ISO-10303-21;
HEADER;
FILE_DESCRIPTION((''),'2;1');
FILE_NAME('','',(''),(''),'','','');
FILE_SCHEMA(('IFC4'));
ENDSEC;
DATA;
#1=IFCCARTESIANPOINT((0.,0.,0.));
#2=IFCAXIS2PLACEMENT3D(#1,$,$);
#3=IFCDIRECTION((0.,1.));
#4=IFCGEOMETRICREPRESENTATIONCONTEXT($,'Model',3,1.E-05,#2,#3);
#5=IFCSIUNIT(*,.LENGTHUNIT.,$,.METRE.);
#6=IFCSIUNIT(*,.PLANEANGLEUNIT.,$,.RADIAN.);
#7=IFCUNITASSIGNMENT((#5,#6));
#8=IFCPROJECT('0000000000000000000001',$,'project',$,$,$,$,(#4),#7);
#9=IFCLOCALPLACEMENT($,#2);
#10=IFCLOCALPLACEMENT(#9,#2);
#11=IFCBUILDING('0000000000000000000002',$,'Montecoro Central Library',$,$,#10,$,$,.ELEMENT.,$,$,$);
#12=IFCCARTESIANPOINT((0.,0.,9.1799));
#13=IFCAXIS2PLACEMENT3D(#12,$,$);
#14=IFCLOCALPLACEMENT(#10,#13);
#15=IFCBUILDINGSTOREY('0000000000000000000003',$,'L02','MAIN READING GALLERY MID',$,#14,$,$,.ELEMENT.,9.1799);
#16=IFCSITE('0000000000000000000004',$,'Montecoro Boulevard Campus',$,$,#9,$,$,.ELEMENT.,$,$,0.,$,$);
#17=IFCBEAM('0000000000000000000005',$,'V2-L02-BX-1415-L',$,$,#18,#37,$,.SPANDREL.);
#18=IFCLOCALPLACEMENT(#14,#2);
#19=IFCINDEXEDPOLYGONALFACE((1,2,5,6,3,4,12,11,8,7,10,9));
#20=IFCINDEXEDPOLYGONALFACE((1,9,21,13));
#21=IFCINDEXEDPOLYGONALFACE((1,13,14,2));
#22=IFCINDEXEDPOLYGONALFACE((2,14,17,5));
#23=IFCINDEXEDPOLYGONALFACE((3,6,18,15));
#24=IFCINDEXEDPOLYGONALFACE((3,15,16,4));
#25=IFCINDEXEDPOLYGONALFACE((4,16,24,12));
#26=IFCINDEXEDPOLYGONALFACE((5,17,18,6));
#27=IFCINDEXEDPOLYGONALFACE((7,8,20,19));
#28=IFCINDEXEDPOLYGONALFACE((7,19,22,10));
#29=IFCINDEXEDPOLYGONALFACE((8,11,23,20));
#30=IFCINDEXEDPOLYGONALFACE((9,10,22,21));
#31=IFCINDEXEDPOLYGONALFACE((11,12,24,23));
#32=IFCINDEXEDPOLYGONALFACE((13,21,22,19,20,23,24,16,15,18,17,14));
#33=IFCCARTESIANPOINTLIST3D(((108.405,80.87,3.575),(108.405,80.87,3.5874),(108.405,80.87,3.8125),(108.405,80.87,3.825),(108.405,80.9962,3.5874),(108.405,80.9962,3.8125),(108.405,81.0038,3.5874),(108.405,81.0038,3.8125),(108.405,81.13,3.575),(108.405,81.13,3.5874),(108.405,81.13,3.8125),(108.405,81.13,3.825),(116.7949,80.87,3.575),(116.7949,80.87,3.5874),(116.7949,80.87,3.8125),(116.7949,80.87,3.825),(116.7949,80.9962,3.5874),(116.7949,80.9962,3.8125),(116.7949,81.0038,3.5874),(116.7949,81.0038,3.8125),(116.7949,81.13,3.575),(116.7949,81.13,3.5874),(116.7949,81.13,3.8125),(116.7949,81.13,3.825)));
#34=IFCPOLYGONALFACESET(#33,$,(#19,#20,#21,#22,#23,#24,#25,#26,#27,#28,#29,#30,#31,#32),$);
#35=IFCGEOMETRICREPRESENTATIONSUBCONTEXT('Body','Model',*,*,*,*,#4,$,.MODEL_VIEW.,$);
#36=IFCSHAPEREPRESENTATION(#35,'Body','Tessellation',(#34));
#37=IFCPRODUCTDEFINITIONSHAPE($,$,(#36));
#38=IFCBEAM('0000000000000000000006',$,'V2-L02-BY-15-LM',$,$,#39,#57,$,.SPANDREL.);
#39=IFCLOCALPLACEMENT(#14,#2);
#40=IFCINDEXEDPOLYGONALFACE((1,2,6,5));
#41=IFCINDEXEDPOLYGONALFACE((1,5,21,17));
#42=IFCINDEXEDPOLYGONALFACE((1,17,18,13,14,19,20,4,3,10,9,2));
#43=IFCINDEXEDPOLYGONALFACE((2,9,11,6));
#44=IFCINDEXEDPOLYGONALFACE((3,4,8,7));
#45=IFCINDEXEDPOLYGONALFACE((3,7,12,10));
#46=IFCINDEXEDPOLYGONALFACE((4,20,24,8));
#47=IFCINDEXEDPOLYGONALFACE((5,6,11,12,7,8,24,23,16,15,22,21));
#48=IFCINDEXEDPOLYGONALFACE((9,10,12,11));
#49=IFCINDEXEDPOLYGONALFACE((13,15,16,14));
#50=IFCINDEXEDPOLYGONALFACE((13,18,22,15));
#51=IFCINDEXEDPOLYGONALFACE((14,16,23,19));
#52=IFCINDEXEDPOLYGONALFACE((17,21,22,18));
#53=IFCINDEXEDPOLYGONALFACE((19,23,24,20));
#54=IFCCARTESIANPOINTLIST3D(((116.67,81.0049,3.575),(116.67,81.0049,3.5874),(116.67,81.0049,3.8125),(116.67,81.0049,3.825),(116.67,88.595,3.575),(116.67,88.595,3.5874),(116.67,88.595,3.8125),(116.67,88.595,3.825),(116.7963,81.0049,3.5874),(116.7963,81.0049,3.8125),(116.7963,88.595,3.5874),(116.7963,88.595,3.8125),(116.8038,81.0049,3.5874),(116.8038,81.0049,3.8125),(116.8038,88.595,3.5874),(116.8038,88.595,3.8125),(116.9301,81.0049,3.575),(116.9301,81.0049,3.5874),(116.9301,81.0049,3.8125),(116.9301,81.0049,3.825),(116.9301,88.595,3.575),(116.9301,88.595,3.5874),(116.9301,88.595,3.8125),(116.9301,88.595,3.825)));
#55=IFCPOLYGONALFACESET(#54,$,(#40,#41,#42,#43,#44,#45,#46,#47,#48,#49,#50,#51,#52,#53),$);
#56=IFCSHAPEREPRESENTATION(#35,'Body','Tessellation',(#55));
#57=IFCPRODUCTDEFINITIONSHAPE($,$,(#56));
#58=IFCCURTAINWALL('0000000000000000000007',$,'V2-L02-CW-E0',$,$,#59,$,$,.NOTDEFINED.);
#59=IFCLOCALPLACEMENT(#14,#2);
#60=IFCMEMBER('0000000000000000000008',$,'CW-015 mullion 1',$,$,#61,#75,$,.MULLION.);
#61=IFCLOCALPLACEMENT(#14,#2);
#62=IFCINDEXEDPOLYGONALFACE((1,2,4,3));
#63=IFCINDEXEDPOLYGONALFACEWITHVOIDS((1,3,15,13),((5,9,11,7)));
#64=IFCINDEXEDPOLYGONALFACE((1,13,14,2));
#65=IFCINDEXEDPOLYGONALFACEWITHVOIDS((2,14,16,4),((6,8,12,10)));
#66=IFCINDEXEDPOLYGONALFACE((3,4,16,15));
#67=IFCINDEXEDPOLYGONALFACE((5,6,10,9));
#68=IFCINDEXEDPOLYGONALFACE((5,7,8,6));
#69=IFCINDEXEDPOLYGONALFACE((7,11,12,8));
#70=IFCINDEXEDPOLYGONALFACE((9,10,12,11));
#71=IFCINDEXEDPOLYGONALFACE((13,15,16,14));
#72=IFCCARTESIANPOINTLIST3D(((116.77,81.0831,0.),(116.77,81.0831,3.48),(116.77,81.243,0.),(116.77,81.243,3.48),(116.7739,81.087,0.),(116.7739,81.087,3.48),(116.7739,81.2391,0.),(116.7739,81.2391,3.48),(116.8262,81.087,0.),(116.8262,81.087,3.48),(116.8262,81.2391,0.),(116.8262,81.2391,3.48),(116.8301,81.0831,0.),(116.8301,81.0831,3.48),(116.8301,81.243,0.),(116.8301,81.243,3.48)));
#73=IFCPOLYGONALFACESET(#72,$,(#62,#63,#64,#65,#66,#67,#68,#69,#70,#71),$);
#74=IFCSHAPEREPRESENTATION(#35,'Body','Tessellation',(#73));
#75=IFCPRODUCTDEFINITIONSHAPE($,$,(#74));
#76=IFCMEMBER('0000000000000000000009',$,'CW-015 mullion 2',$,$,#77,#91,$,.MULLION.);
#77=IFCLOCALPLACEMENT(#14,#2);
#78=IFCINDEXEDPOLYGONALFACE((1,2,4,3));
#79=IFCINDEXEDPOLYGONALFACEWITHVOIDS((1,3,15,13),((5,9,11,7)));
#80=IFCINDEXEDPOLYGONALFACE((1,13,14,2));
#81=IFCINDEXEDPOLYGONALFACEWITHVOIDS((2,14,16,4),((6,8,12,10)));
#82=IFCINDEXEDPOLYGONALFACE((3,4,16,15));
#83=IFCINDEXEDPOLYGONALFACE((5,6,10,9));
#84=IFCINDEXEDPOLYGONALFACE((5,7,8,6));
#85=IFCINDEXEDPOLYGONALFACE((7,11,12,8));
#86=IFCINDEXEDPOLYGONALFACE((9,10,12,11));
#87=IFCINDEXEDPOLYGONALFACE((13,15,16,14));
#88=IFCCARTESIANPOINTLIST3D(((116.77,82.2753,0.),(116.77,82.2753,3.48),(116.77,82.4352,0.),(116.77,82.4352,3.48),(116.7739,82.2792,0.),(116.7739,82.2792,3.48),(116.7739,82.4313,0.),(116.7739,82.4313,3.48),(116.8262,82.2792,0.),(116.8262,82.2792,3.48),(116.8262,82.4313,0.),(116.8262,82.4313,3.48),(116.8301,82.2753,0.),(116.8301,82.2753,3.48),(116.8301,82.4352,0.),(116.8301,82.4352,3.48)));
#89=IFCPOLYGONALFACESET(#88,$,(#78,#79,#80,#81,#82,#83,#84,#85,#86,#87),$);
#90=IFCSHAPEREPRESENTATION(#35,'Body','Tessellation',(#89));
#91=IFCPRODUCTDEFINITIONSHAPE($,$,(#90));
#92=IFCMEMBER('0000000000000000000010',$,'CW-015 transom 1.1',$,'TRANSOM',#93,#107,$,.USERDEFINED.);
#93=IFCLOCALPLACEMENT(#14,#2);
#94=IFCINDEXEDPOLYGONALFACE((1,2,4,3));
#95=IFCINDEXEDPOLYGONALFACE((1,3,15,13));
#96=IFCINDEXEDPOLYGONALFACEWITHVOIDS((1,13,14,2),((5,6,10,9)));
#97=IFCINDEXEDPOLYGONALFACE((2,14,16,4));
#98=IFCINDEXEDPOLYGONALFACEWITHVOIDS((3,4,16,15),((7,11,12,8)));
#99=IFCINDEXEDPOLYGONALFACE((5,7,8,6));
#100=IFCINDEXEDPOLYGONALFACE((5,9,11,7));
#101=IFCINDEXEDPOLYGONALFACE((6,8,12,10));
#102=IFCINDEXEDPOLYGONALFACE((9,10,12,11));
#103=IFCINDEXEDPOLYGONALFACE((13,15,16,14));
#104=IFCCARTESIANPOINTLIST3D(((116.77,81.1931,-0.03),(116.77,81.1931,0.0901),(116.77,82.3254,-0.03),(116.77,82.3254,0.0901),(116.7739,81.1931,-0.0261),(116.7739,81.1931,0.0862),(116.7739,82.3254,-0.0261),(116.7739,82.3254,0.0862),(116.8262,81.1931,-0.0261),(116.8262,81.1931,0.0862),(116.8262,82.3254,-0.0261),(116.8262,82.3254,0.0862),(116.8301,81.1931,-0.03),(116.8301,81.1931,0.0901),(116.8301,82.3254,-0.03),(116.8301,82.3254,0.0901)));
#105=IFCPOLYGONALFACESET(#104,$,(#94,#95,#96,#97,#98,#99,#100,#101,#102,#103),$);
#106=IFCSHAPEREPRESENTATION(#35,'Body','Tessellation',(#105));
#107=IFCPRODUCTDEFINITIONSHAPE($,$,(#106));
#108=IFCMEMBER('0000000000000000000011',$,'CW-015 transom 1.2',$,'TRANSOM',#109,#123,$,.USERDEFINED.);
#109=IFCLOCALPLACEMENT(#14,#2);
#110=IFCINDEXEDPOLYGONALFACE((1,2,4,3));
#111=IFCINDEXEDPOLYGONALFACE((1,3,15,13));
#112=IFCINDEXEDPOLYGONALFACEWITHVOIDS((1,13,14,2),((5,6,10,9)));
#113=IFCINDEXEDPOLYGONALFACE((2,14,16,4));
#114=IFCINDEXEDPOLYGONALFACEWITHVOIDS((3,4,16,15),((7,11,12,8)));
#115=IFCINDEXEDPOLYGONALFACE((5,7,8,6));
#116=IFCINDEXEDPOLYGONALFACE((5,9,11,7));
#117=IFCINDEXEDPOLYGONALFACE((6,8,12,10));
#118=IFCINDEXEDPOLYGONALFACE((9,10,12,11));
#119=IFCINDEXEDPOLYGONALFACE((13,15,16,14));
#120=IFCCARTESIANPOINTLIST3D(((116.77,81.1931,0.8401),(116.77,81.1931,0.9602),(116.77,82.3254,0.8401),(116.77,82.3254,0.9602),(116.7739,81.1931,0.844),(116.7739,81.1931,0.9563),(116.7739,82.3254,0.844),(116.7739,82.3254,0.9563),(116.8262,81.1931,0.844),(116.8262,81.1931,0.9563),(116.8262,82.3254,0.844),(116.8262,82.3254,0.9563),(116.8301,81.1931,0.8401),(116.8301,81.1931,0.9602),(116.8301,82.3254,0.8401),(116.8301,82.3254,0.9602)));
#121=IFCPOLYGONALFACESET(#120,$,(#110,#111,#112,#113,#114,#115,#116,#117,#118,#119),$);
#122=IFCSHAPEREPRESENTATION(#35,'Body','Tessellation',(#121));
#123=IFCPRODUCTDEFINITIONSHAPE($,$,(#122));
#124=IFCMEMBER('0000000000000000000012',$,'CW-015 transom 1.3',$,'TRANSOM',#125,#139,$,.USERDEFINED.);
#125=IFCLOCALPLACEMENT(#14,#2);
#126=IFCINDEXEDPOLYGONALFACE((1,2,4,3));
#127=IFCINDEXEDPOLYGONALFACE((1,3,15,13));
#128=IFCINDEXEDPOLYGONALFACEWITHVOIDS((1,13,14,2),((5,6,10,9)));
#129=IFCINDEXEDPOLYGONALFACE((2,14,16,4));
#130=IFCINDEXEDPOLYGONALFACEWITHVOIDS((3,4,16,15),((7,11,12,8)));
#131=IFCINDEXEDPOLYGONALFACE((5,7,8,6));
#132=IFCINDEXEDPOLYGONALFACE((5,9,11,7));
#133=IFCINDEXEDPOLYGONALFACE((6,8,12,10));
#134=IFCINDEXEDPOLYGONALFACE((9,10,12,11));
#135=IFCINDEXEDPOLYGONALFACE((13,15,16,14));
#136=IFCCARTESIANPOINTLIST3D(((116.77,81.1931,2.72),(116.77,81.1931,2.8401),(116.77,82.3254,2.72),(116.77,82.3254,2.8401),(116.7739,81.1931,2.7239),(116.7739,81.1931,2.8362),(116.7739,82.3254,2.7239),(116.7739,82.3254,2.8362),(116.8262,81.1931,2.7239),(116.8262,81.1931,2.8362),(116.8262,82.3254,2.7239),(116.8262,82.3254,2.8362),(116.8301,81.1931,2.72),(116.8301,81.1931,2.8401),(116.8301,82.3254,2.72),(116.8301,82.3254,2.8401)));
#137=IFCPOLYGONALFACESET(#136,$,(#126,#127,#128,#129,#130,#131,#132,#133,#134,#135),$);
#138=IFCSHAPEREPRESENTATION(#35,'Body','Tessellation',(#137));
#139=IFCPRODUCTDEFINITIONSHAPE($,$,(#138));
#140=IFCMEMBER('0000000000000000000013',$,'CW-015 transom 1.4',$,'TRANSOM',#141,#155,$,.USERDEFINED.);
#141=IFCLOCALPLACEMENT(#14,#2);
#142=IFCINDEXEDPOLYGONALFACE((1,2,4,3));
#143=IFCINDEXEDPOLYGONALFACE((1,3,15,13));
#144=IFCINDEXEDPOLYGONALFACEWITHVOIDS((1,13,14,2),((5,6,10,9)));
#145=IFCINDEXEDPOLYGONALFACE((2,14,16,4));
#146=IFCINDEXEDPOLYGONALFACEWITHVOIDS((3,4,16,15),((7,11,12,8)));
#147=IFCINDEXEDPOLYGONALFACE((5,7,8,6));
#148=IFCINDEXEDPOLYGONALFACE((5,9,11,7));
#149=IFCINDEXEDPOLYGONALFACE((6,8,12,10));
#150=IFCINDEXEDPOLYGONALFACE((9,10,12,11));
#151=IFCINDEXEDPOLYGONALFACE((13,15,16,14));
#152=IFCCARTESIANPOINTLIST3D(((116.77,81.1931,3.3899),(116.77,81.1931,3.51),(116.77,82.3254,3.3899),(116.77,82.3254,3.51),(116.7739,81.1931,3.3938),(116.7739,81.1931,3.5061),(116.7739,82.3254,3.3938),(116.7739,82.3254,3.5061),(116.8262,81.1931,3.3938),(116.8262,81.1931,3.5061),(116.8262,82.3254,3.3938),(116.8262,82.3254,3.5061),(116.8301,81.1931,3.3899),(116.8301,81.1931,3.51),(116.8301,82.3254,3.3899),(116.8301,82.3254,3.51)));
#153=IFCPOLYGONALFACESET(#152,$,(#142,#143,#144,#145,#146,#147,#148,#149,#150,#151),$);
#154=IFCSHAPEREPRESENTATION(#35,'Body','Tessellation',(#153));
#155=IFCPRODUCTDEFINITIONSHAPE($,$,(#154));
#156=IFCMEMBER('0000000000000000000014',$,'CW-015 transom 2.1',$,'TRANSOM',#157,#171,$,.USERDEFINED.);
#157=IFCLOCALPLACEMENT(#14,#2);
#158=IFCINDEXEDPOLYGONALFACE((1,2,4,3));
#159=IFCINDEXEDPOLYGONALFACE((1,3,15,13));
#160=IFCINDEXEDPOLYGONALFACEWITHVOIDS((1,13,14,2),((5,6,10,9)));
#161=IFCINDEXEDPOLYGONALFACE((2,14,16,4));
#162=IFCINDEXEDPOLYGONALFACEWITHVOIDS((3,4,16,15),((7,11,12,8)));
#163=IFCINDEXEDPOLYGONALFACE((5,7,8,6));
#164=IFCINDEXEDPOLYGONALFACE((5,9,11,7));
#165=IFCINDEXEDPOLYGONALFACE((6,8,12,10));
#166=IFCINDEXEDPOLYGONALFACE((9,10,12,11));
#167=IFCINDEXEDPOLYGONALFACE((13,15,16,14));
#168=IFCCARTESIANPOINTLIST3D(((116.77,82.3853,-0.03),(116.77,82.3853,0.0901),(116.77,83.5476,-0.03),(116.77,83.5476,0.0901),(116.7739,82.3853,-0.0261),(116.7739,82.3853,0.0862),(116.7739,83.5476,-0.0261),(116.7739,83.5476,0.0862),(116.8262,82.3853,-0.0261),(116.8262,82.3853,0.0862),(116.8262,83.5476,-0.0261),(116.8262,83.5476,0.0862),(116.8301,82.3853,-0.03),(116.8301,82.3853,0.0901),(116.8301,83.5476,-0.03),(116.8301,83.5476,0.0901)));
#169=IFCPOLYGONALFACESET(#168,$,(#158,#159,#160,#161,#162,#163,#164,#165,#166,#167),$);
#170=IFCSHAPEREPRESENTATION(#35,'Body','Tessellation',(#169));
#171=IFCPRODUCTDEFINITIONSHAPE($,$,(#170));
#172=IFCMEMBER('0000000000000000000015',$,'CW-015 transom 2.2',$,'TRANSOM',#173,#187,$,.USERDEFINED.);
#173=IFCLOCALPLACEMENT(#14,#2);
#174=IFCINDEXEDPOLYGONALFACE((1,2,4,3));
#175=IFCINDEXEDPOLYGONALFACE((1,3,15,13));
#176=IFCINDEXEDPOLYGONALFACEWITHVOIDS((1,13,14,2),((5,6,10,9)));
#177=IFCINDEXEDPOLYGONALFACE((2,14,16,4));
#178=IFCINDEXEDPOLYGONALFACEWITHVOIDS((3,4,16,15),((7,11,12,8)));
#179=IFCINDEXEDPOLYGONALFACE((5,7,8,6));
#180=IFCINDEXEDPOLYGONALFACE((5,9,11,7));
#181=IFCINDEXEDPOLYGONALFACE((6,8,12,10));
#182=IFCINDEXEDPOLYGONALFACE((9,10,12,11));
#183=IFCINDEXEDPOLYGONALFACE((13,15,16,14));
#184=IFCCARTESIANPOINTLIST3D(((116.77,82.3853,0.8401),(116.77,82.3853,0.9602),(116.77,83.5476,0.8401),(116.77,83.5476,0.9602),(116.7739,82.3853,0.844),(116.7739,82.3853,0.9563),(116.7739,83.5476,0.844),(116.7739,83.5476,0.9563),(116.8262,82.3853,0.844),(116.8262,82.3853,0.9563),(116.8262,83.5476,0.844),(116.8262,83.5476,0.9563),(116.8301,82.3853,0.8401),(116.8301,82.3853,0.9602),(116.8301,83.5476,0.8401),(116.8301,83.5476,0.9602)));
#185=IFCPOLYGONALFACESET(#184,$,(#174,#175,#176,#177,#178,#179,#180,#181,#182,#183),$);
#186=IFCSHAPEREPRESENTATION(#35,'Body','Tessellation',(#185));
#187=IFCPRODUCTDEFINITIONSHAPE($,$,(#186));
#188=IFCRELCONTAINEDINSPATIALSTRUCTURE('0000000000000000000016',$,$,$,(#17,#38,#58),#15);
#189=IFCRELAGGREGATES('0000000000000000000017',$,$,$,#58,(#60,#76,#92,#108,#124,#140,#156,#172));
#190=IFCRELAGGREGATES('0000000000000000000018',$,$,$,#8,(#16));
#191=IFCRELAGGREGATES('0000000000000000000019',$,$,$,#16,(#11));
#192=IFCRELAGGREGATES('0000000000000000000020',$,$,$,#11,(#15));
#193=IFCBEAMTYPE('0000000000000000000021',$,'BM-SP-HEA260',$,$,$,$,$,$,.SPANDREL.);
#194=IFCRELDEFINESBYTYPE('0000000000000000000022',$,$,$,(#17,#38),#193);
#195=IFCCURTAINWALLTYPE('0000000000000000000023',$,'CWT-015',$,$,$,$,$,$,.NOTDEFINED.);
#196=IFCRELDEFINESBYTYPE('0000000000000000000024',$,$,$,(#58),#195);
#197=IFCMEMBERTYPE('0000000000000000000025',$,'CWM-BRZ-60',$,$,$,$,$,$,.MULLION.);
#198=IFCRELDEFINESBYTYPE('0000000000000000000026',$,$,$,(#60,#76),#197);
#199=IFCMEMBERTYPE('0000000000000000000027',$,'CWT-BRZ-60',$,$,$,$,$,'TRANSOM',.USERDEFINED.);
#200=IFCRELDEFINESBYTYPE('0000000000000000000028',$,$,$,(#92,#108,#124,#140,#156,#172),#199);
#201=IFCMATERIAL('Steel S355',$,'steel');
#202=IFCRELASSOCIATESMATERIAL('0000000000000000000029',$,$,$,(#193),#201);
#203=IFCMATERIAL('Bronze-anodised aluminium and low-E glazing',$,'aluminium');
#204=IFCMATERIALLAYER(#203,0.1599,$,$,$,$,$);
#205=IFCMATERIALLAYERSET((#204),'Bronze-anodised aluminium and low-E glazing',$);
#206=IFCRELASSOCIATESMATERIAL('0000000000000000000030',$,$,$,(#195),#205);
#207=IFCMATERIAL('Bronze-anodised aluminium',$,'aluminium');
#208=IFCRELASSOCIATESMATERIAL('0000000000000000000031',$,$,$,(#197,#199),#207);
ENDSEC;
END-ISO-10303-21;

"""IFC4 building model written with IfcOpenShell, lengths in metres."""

from ifc_helpers import new_model, si_unit, direction, frame, origin, origin_2d, place, context, subcontext, project, spatial, hollow_rectangle, i_section, extrude, material, layer, layer_set, material_profile, profile_set, type_object, element, aggregate, save


model = new_model("IFC4")

# Units and contexts
model_context = context("Model", 3, precision=1e-05, world=origin(), true_north=direction((0.0, 1.0)))
body_context = subcontext(model_context, "Body", "Model", "MODEL_VIEW")
ifc_project = project(units=[si_unit("LENGTHUNIT", "METRE"), si_unit("PLANEANGLEUNIT", "RADIAN")], contexts=[model_context])

# Site, building, storey
site_placement = place(None, origin())
site = spatial("IfcSite", under=ifc_project, at=site_placement, Name="Montecoro Boulevard Campus", CompositionType="ELEMENT", RefElevation=0.0)
building_placement = place(site_placement, origin())
building = spatial("IfcBuilding", under=site, at=building_placement, Name="Montecoro Central Library", CompositionType="ELEMENT")
storey_placement = place(building_placement, frame((0.0, 0.0, 9.1799)))
storey = spatial("IfcBuildingStorey", under=building, at=storey_placement, Name="L02", Description="MAIN READING GALLERY MID", CompositionType="ELEMENT", Elevation=9.1799)

# Shared definitions
ifc_material_1 = material(Name="Steel S355", Category="steel")

# Beams
ifc_material_profile_1 = material_profile(ifc_material_1, i_section(OverallWidth=0.26, OverallDepth=0.25, WebThickness=0.0076, FlangeThickness=0.0125, at=origin_2d()), Name="HEA 260")
ifc_profile_set_1 = profile_set([ifc_material_profile_1], Name="Steel S355")
beam_type_1 = type_object("IfcBeamType", Name="BM-SP-HEA260", PredefinedType="SPANDREL", material=ifc_profile_set_1)
beam_1_placement = place(storey_placement, frame((108.405, 81.0, 3.7), z_axis=(1.0, 0.0, 0.0), x_axis=(0.0, 1.0, 0.0)))
element("IfcBeam", 1, at=beam_1_placement, inside=storey, type_object=beam_type_1, Name="V2-L02-BX-1415-L", PredefinedType="SPANDREL", context=body_context, shape_type="SweptSolid", body=[
    extrude(i_section(OverallWidth=0.26, OverallDepth=0.25, WebThickness=0.0076, FlangeThickness=0.0125, at=origin_2d()), origin(), (0.0, 0.0, 1.0), 8.3899),
])
beam_2_placement = place(storey_placement, frame((116.8, 81.0049, 3.7), z_axis=(0.0, 1.0, 0.0), x_axis=(-1.0, 0.0, 0.0)))
element("IfcBeam", 2, at=beam_2_placement, inside=storey, type_object=beam_type_1, Name="V2-L02-BY-15-LM", PredefinedType="SPANDREL", context=body_context, shape_type="SweptSolid", body=[
    extrude(i_section(OverallWidth=0.26, OverallDepth=0.25, WebThickness=0.0076, FlangeThickness=0.0125, at=origin_2d()), origin(), (0.0, 0.0, 1.0), 7.5901),
])

# Curtain wall, members
ifc_material_2 = material(Name="Bronze-anodised aluminium and low-E glazing", Category="aluminium")
ifc_layer_1 = layer(ifc_material_2, 0.1599)
ifc_layer_set_1 = layer_set([ifc_layer_1], Name="Bronze-anodised aluminium and low-E glazing")
curtain_wall_type = type_object("IfcCurtainWallType", Name="CWT-015", PredefinedType="NOTDEFINED", material=ifc_layer_set_1)
curtain_wall_placement = place(storey_placement, origin())
curtain_wall = element("IfcCurtainWall", 3, at=curtain_wall_placement, inside=storey, type_object=curtain_wall_type, Name="V2-L02-CW-E0", PredefinedType="NOTDEFINED")
ifc_material_3 = material(Name="Bronze-anodised aluminium", Category="aluminium")
ifc_material_profile_2 = material_profile(ifc_material_3, hollow_rectangle(XDim=0.0601, YDim=0.1599, WallThickness=0.0039, at=origin_2d()), Name="CWM 160x60x4.0")
ifc_profile_set_2 = profile_set([ifc_material_profile_2], Name="Bronze-anodised aluminium")
member_type_1 = type_object("IfcMemberType", Name="CWM-BRZ-60", PredefinedType="MULLION", material=ifc_profile_set_2)
member_1_placement = place(storey_placement, frame((116.8, 81.1631, 0.0), z_axis=(0.0, 0.0, 1.0), x_axis=(-1.0, 0.0, 0.0)))
member_1 = element("IfcMember", 4, at=member_1_placement, type_object=member_type_1, Name="CW-015 mullion 1", PredefinedType="MULLION", context=body_context, shape_type="SweptSolid", body=[
    extrude(hollow_rectangle(XDim=0.0601, YDim=0.1599, WallThickness=0.0039, at=origin_2d()), origin(), (0.0, 0.0, 1.0), 3.48),
])
member_2_placement = place(storey_placement, frame((116.8, 82.3552, 0.0), z_axis=(0.0, 0.0, 1.0), x_axis=(-1.0, 0.0, 0.0)))
member_2 = element("IfcMember", 5, at=member_2_placement, type_object=member_type_1, Name="CW-015 mullion 2", PredefinedType="MULLION", context=body_context, shape_type="SweptSolid", body=[
    extrude(hollow_rectangle(XDim=0.0601, YDim=0.1599, WallThickness=0.0039, at=origin_2d()), origin(), (0.0, 0.0, 1.0), 3.48),
])
ifc_material_profile_3 = material_profile(ifc_material_3, hollow_rectangle(XDim=0.0601, YDim=0.1201, WallThickness=0.0039, at=origin_2d()), Name="CWT 120x60x4.0")
ifc_profile_set_3 = profile_set([ifc_material_profile_3], Name="Bronze-anodised aluminium")
member_type_2 = type_object("IfcMemberType", Name="CWT-BRZ-60", ElementType="TRANSOM", PredefinedType="USERDEFINED", material=ifc_profile_set_3)
member_3_placement = place(storey_placement, frame((116.8, 81.1931, 0.03), z_axis=(0.0, 1.0, 0.0), x_axis=(-1.0, 0.0, 0.0)))
member_3 = element("IfcMember", 6, at=member_3_placement, type_object=member_type_2, Name="CW-015 transom 1.1", ObjectType="TRANSOM", PredefinedType="USERDEFINED", context=body_context, shape_type="SweptSolid", body=[
    extrude(hollow_rectangle(XDim=0.0601, YDim=0.1201, WallThickness=0.0039, at=origin_2d()), origin(), (0.0, 0.0, 1.0), 1.1323),
])
member_4_placement = place(storey_placement, frame((116.8, 81.1931, 0.9001), z_axis=(0.0, 1.0, 0.0), x_axis=(-1.0, 0.0, 0.0)))
member_4 = element("IfcMember", 7, at=member_4_placement, type_object=member_type_2, Name="CW-015 transom 1.2", ObjectType="TRANSOM", PredefinedType="USERDEFINED", context=body_context, shape_type="SweptSolid", body=[
    extrude(hollow_rectangle(XDim=0.0601, YDim=0.1201, WallThickness=0.0039, at=origin_2d()), origin(), (0.0, 0.0, 1.0), 1.1323),
])
member_5_placement = place(storey_placement, frame((116.8, 81.1931, 2.78), z_axis=(0.0, 1.0, 0.0), x_axis=(-1.0, 0.0, 0.0)))
member_5 = element("IfcMember", 8, at=member_5_placement, type_object=member_type_2, Name="CW-015 transom 1.3", ObjectType="TRANSOM", PredefinedType="USERDEFINED", context=body_context, shape_type="SweptSolid", body=[
    extrude(hollow_rectangle(XDim=0.0601, YDim=0.1201, WallThickness=0.0039, at=origin_2d()), origin(), (0.0, 0.0, 1.0), 1.1323),
])
member_6_placement = place(storey_placement, frame((116.8, 81.1931, 3.45), z_axis=(0.0, 1.0, 0.0), x_axis=(-1.0, 0.0, 0.0)))
member_6 = element("IfcMember", 9, at=member_6_placement, type_object=member_type_2, Name="CW-015 transom 1.4", ObjectType="TRANSOM", PredefinedType="USERDEFINED", context=body_context, shape_type="SweptSolid", body=[
    extrude(hollow_rectangle(XDim=0.0601, YDim=0.1201, WallThickness=0.0039, at=origin_2d()), origin(), (0.0, 0.0, 1.0), 1.1323),
])
member_7_placement = place(storey_placement, frame((116.8, 82.3853, 0.03), z_axis=(0.0, 1.0, 0.0), x_axis=(-1.0, 0.0, 0.0)))
member_7 = element("IfcMember", 10, at=member_7_placement, type_object=member_type_2, Name="CW-015 transom 2.1", ObjectType="TRANSOM", PredefinedType="USERDEFINED", context=body_context, shape_type="SweptSolid", body=[
    extrude(hollow_rectangle(XDim=0.0601, YDim=0.1201, WallThickness=0.0039, at=origin_2d()), origin(), (0.0, 0.0, 1.0), 1.1624),
])
member_8_placement = place(storey_placement, frame((116.8, 82.3853, 0.9001), z_axis=(0.0, 1.0, 0.0), x_axis=(-1.0, 0.0, 0.0)))
member_8 = element("IfcMember", 11, at=member_8_placement, type_object=member_type_2, Name="CW-015 transom 2.2", ObjectType="TRANSOM", PredefinedType="USERDEFINED", context=body_context, shape_type="SweptSolid", body=[
    extrude(hollow_rectangle(XDim=0.0601, YDim=0.1201, WallThickness=0.0039, at=origin_2d()), origin(), (0.0, 0.0, 1.0), 1.1624),
])
aggregate(curtain_wall, [member_1, member_2, member_3, member_4, member_5, member_6, member_7, member_8])

save(model, "model.ifc")
